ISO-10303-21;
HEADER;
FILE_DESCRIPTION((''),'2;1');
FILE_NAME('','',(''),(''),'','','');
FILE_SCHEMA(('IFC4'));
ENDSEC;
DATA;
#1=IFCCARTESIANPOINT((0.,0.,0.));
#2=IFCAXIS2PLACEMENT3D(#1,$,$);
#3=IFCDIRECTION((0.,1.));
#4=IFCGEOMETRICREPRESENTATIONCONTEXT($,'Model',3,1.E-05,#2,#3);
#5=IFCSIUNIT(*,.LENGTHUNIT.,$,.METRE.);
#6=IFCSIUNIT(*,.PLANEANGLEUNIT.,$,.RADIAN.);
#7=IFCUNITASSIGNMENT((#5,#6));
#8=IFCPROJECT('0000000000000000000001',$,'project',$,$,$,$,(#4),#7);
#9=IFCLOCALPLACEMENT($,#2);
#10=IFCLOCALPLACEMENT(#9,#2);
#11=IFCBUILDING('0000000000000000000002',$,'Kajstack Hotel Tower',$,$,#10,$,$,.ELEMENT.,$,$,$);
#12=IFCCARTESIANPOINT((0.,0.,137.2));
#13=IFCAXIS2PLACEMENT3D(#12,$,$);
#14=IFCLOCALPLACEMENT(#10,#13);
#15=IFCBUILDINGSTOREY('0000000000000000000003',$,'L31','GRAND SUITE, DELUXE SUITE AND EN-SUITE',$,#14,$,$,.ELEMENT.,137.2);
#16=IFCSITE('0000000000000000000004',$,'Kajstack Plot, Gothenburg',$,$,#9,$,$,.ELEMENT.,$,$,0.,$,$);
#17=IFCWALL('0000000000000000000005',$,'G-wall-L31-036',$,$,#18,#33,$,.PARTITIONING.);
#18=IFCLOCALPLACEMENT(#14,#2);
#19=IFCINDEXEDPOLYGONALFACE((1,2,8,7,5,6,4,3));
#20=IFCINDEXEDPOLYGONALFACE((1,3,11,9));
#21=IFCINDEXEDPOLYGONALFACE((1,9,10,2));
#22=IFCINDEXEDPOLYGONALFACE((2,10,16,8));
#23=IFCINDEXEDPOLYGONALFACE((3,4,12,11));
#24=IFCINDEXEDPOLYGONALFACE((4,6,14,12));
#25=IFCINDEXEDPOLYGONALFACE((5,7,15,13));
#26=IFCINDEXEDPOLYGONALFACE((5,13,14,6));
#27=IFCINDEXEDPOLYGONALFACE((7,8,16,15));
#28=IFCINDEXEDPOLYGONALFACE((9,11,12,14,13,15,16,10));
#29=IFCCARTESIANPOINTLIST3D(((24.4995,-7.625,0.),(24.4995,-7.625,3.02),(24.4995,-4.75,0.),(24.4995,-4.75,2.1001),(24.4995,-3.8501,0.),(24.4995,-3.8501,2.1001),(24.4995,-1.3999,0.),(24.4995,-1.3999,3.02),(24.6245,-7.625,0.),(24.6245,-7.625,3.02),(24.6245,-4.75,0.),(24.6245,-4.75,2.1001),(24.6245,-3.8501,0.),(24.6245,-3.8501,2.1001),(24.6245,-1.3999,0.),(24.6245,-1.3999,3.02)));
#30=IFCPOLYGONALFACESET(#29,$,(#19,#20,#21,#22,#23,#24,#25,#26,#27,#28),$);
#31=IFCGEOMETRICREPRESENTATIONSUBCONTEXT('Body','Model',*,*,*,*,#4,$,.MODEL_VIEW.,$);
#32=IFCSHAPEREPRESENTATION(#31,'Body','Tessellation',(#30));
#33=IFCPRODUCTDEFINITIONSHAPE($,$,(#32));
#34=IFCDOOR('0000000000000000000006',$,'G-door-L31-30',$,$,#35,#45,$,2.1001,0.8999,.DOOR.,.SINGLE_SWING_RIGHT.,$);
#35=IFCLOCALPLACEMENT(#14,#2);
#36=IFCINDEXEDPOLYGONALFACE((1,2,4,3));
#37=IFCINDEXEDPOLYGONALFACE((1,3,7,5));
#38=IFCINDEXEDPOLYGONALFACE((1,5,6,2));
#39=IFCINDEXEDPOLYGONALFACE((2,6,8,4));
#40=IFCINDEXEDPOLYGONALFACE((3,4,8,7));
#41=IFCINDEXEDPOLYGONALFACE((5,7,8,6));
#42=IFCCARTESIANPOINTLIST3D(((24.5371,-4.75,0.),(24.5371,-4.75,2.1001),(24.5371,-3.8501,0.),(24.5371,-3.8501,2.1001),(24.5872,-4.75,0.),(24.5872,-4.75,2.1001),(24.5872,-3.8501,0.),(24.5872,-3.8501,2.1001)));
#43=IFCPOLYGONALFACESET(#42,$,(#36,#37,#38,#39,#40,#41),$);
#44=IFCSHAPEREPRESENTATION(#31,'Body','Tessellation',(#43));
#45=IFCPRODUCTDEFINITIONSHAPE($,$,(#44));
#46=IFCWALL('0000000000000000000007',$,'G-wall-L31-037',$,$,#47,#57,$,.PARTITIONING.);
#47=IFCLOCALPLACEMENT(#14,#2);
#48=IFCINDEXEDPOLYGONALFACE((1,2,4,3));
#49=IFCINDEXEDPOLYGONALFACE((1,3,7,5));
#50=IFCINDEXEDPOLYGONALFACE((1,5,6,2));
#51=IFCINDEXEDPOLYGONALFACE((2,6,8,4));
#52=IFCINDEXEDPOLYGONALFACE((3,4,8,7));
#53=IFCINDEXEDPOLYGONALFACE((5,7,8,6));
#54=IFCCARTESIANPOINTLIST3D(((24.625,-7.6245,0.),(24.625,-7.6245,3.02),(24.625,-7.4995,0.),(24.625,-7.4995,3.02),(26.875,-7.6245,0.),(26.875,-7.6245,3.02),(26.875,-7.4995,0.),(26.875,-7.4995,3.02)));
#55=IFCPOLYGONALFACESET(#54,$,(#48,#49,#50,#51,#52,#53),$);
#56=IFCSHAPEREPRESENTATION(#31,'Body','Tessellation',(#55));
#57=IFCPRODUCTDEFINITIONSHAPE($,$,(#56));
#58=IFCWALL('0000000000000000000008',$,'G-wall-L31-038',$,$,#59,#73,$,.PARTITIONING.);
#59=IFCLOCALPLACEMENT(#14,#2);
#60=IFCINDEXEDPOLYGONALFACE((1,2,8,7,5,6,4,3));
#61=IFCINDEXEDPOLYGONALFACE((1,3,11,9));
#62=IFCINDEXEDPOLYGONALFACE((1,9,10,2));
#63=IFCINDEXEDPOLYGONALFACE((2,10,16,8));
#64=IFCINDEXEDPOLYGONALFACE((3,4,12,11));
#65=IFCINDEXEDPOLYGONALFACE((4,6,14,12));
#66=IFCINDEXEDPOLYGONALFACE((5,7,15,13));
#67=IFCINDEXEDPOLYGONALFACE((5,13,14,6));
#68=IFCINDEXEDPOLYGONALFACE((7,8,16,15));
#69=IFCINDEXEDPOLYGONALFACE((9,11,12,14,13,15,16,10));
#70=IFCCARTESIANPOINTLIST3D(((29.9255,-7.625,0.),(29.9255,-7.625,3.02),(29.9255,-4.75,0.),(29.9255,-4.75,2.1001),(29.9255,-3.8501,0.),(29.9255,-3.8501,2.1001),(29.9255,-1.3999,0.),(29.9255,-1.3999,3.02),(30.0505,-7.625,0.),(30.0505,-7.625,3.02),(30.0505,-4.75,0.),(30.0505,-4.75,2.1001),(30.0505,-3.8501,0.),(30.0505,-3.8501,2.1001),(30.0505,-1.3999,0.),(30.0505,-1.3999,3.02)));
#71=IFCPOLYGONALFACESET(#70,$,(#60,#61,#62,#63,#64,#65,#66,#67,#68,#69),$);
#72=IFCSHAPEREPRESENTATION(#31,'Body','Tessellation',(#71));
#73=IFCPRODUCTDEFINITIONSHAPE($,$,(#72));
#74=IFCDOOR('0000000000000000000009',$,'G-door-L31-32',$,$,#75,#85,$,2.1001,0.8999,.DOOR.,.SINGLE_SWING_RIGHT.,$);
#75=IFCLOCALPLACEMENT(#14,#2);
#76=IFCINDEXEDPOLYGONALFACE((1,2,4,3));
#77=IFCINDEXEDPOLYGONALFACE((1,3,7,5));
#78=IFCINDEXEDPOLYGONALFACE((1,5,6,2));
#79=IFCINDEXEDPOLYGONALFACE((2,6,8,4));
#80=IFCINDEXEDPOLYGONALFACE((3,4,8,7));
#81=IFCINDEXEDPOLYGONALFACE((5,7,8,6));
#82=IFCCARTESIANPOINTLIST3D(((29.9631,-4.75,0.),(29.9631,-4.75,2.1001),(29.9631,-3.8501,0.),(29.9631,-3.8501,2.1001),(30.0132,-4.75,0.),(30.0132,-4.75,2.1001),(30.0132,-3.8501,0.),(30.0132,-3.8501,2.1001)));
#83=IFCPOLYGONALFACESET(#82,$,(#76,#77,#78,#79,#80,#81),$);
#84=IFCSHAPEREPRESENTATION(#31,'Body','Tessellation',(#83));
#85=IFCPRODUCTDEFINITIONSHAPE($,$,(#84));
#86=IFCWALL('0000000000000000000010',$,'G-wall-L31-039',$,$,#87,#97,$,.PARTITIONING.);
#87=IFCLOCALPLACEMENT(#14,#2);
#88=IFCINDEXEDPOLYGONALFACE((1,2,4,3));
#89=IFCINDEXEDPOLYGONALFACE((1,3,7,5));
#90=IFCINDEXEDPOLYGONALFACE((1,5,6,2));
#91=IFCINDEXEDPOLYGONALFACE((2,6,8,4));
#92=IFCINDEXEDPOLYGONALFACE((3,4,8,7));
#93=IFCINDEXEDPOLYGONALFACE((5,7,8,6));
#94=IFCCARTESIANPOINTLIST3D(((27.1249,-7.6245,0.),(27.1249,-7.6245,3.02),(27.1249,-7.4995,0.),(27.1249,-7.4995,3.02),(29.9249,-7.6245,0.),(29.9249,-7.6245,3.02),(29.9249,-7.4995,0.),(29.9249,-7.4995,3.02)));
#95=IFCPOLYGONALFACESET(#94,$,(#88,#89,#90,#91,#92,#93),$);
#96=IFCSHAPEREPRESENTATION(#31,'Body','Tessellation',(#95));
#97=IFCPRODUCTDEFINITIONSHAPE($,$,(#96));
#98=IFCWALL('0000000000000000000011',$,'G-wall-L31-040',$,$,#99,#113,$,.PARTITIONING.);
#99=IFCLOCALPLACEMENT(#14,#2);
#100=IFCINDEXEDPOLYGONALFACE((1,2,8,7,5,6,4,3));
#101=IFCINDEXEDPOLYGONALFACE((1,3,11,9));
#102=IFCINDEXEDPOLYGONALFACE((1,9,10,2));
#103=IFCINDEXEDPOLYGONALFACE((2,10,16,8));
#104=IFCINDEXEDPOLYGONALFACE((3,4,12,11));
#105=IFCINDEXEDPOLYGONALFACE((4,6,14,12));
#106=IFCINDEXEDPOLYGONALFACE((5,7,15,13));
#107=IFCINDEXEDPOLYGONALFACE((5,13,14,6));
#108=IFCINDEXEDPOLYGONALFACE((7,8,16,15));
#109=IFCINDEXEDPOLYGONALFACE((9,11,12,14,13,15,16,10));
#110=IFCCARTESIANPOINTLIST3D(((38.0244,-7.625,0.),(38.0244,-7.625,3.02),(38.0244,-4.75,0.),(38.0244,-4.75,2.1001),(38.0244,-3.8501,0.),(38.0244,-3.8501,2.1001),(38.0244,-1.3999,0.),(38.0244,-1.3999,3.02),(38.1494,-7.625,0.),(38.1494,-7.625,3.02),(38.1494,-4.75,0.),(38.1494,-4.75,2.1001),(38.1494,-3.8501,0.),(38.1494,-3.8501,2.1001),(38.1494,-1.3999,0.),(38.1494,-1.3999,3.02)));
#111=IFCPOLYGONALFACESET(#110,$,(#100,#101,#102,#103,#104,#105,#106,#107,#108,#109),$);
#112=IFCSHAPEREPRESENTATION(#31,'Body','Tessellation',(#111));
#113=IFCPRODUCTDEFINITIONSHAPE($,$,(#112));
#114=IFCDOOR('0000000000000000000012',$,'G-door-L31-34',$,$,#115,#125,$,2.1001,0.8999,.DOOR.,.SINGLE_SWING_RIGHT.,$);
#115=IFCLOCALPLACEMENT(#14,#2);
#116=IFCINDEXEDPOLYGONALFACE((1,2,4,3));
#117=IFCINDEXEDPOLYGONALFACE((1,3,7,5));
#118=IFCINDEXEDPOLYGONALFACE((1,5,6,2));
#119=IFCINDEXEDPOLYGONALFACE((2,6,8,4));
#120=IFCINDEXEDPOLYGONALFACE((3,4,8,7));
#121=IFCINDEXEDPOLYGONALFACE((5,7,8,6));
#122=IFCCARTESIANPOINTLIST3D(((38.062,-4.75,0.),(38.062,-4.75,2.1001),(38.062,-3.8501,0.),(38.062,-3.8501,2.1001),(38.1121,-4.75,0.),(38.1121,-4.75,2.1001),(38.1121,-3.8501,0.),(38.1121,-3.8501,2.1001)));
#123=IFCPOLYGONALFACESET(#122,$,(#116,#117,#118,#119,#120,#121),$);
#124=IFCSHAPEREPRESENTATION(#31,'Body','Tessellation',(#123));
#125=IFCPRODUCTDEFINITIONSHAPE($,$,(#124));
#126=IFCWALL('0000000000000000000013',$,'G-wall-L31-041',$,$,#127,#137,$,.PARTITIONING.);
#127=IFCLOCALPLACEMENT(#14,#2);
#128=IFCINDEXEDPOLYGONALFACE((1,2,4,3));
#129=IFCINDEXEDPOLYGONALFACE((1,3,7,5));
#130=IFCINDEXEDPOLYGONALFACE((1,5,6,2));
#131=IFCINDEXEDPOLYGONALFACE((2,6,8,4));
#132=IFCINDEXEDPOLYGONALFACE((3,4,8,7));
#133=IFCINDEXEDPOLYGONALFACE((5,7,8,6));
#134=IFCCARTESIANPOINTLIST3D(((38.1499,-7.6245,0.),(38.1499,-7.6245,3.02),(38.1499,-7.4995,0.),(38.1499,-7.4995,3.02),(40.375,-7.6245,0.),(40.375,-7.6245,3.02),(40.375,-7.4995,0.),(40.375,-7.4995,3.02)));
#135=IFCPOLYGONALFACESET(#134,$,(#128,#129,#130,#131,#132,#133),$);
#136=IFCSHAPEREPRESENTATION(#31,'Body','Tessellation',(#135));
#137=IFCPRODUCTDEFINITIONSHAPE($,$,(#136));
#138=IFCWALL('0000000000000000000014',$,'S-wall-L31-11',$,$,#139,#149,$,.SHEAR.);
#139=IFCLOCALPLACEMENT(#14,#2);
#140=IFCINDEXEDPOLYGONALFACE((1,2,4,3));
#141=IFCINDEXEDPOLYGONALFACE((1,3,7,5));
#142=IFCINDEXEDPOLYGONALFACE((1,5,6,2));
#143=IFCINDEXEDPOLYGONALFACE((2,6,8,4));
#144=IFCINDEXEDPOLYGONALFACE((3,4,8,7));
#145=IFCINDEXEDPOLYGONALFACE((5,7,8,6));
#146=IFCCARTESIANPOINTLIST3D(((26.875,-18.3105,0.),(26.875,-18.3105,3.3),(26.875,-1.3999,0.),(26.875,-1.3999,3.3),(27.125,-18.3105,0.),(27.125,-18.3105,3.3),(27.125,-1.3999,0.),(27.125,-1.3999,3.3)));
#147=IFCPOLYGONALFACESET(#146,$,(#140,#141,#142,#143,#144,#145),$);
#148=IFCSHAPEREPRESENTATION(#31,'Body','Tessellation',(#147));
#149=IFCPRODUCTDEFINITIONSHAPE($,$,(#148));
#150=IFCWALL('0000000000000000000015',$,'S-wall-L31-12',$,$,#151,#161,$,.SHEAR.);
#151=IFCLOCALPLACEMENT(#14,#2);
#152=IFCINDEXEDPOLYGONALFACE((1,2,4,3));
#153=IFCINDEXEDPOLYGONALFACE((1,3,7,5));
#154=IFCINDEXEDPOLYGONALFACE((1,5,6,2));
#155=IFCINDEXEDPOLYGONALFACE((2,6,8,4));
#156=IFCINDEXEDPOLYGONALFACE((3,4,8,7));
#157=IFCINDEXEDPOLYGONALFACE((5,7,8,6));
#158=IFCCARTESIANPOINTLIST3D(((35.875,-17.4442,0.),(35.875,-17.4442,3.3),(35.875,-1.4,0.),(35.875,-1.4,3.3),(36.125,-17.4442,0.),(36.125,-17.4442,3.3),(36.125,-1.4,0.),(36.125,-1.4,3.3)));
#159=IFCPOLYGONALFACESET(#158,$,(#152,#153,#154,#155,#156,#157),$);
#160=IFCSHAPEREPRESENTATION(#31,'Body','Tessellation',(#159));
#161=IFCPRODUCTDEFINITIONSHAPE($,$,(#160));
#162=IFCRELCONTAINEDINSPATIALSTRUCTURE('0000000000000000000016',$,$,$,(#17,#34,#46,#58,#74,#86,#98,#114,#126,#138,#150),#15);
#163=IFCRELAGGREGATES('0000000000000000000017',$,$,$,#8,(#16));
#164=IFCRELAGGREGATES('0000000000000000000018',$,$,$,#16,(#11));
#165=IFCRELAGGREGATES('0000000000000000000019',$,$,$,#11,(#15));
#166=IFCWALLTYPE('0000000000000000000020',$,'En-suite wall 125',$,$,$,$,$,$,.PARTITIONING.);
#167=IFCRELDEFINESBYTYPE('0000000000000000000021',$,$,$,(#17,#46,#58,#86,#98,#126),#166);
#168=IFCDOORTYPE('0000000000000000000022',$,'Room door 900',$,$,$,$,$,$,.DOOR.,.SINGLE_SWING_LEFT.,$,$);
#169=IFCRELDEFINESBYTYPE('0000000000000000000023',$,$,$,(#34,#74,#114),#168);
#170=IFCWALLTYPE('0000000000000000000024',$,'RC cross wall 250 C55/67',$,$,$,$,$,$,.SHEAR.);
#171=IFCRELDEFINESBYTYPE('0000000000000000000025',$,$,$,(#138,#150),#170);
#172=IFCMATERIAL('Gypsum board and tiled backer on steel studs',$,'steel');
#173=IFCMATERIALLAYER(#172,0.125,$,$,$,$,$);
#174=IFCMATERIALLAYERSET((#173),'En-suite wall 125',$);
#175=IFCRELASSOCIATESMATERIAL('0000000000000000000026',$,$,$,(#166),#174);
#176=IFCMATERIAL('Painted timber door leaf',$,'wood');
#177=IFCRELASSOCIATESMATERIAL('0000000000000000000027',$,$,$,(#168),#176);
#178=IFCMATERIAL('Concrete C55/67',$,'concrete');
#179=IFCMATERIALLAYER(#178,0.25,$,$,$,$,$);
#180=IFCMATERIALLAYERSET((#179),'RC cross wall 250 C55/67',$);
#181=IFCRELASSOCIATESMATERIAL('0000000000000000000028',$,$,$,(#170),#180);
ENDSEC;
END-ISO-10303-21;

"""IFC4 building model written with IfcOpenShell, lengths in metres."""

from ifc_helpers import new_model, si_unit, direction, frame, frame_2d, origin, place, context, subcontext, project, spatial, rectangle, extrude, material, layer, layer_set, type_object, element, fill, save


model = new_model("IFC4")

# Units and contexts
model_context = context("Model", 3, precision=1e-05, world=origin(), true_north=direction((0.0, 1.0)))
body_context = subcontext(model_context, "Body", "Model", "MODEL_VIEW")
ifc_project = project(units=[si_unit("LENGTHUNIT", "METRE"), si_unit("PLANEANGLEUNIT", "RADIAN")], contexts=[model_context])

# Site, building, storey
site_placement = place(None, origin())
site = spatial("IfcSite", under=ifc_project, at=site_placement, Name="Kajstack Plot, Gothenburg", CompositionType="ELEMENT", RefElevation=0.0)
building_placement = place(site_placement, origin())
building = spatial("IfcBuilding", under=site, at=building_placement, Name="Kajstack Hotel Tower", CompositionType="ELEMENT")
storey_placement = place(building_placement, frame((0.0, 0.0, 137.2)))
storey = spatial("IfcBuildingStorey", under=building, at=storey_placement, Name="L31", Description="GRAND SUITE, DELUXE SUITE AND EN-SUITE", CompositionType="ELEMENT", Elevation=137.2)

# Wall, opening, door
ifc_material_1 = material(Name="Gypsum board and tiled backer on steel studs", Category="steel")
ifc_layer_1 = layer(ifc_material_1, 0.125)
ifc_layer_set_1 = layer_set([ifc_layer_1], Name="En-suite wall 125")
wall_type_1 = type_object("IfcWallType", Name="En-suite wall 125", PredefinedType="PARTITIONING", material=ifc_layer_set_1)
wall_1_placement = place(storey_placement, frame((24.562, -7.625, 0.0), z_axis=(0.0, 0.0, 1.0), x_axis=(0.0, 1.0, 0.0)))
wall_1 = element("IfcWall", 1, at=wall_1_placement, inside=storey, type_object=wall_type_1, Name="G-wall-L31-036", PredefinedType="PARTITIONING", context=body_context, shape_type="SweptSolid", body=[
    extrude(rectangle(XDim=6.2251, YDim=0.125, at=frame_2d((3.1125, 0.0))), origin(), (0.0, 0.0, 1.0), 3.02),
])
opening_1_placement = place(wall_1_placement, frame((2.875, 0.0, 0.0)))
opening_1 = element("IfcOpeningElement", 2, at=opening_1_placement, cuts=wall_1, PredefinedType="OPENING", context=body_context, shape_type="SweptSolid", body=[
    extrude(rectangle(XDim=0.8999, YDim=2.1001, at=frame_2d((0.45, 1.05))), frame((0.0, 0.0725, 0.0), z_axis=(0.0, -1.0, 0.0), x_axis=(1.0, 0.0, 0.0)), (0.0, 0.0, 1.0), 0.145),
])
ifc_material_2 = material(Name="Painted timber door leaf", Category="wood")
door_type_1 = type_object("IfcDoorType", Name="Room door 900", OperationType="SINGLE_SWING_LEFT", PredefinedType="DOOR", material=ifc_material_2)
door_1_placement = place(opening_1_placement, origin())
door_1 = element("IfcDoor", 3, at=door_1_placement, inside=storey, type_object=door_type_1, Name="G-door-L31-30", OperationType="SINGLE_SWING_RIGHT", OverallHeight=2.1001, OverallWidth=0.8999, PredefinedType="DOOR", context=body_context, shape_type="SweptSolid", body=[
    extrude(rectangle(XDim=0.8999, YDim=2.1001, at=frame_2d((0.45, 1.05))), frame((0.0, 0.0249, 0.0), z_axis=(0.0, -1.0, 0.0), x_axis=(1.0, 0.0, 0.0)), (0.0, 0.0, 1.0), 0.05),
])
fill(opening_1, door_1)

# Wall
wall_2_placement = place(storey_placement, frame((24.625, -7.562, 0.0), z_axis=(0.0, 0.0, 1.0), x_axis=(1.0, 0.0, 0.0)))
element("IfcWall", 4, at=wall_2_placement, inside=storey, type_object=wall_type_1, Name="G-wall-L31-037", PredefinedType="PARTITIONING", context=body_context, shape_type="SweptSolid", body=[
    extrude(rectangle(XDim=2.25, YDim=0.125, at=frame_2d((1.125, 0.0))), origin(), (0.0, 0.0, 1.0), 3.02),
])

# Wall, opening, door
wall_3_placement = place(storey_placement, frame((29.988, -7.625, 0.0), z_axis=(0.0, 0.0, 1.0), x_axis=(0.0, 1.0, 0.0)))
wall_3 = element("IfcWall", 5, at=wall_3_placement, inside=storey, type_object=wall_type_1, Name="G-wall-L31-038", PredefinedType="PARTITIONING", context=body_context, shape_type="SweptSolid", body=[
    extrude(rectangle(XDim=6.2251, YDim=0.125, at=frame_2d((3.1125, 0.0))), origin(), (0.0, 0.0, 1.0), 3.02),
])
opening_2_placement = place(wall_3_placement, frame((2.875, 0.0, 0.0)))
opening_2 = element("IfcOpeningElement", 6, at=opening_2_placement, cuts=wall_3, PredefinedType="OPENING", context=body_context, shape_type="SweptSolid", body=[
    extrude(rectangle(XDim=0.8999, YDim=2.1001, at=frame_2d((0.45, 1.05))), frame((0.0, 0.0725, 0.0), z_axis=(0.0, -1.0, 0.0), x_axis=(1.0, 0.0, 0.0)), (0.0, 0.0, 1.0), 0.145),
])
door_2_placement = place(opening_2_placement, origin())
door_2 = element("IfcDoor", 7, at=door_2_placement, inside=storey, type_object=door_type_1, Name="G-door-L31-32", OperationType="SINGLE_SWING_RIGHT", OverallHeight=2.1001, OverallWidth=0.8999, PredefinedType="DOOR", context=body_context, shape_type="SweptSolid", body=[
    extrude(rectangle(XDim=0.8999, YDim=2.1001, at=frame_2d((0.45, 1.05))), frame((0.0, 0.0249, 0.0), z_axis=(0.0, -1.0, 0.0), x_axis=(1.0, 0.0, 0.0)), (0.0, 0.0, 1.0), 0.05),
])
fill(opening_2, door_2)

# Wall
wall_4_placement = place(storey_placement, frame((27.125, -7.562, 0.0), z_axis=(0.0, 0.0, 1.0), x_axis=(1.0, 0.0, 0.0)))
element("IfcWall", 8, at=wall_4_placement, inside=storey, type_object=wall_type_1, Name="G-wall-L31-039", PredefinedType="PARTITIONING", context=body_context, shape_type="SweptSolid", body=[
    extrude(rectangle(XDim=2.8, YDim=0.125, at=frame_2d((1.3999, 0.0))), origin(), (0.0, 0.0, 1.0), 3.02),
])

# Wall, opening, door
wall_5_placement = place(storey_placement, frame((38.0869, -7.625, 0.0), z_axis=(0.0, 0.0, 1.0), x_axis=(0.0, 1.0, 0.0)))
wall_5 = element("IfcWall", 9, at=wall_5_placement, inside=storey, type_object=wall_type_1, Name="G-wall-L31-040", PredefinedType="PARTITIONING", context=body_context, shape_type="SweptSolid", body=[
    extrude(rectangle(XDim=6.2251, YDim=0.125, at=frame_2d((3.1125, 0.0))), origin(), (0.0, 0.0, 1.0), 3.02),
])
opening_3_placement = place(wall_5_placement, frame((2.875, 0.0, 0.0)))
opening_3 = element("IfcOpeningElement", 10, at=opening_3_placement, cuts=wall_5, PredefinedType="OPENING", context=body_context, shape_type="SweptSolid", body=[
    extrude(rectangle(XDim=0.8999, YDim=2.1001, at=frame_2d((0.45, 1.05))), frame((0.0, 0.0725, 0.0), z_axis=(0.0, -1.0, 0.0), x_axis=(1.0, 0.0, 0.0)), (0.0, 0.0, 1.0), 0.145),
])
door_3_placement = place(opening_3_placement, origin())
door_3 = element("IfcDoor", 11, at=door_3_placement, inside=storey, type_object=door_type_1, Name="G-door-L31-34", OperationType="SINGLE_SWING_RIGHT", OverallHeight=2.1001, OverallWidth=0.8999, PredefinedType="DOOR", context=body_context, shape_type="SweptSolid", body=[
    extrude(rectangle(XDim=0.8999, YDim=2.1001, at=frame_2d((0.45, 1.05))), frame((0.0, 0.0249, 0.0), z_axis=(0.0, -1.0, 0.0), x_axis=(1.0, 0.0, 0.0)), (0.0, 0.0, 1.0), 0.05),
])
fill(opening_3, door_3)

# Walls
wall_6_placement = place(storey_placement, frame((38.1499, -7.562, 0.0), z_axis=(0.0, 0.0, 1.0), x_axis=(1.0, 0.0, 0.0)))
element("IfcWall", 12, at=wall_6_placement, inside=storey, type_object=wall_type_1, Name="G-wall-L31-041", PredefinedType="PARTITIONING", context=body_context, shape_type="SweptSolid", body=[
    extrude(rectangle(XDim=2.2251, YDim=0.125, at=frame_2d((1.1125, 0.0))), origin(), (0.0, 0.0, 1.0), 3.02),
])
ifc_material_3 = material(Name="Concrete C55/67", Category="concrete")
ifc_layer_2 = layer(ifc_material_3, 0.25)
ifc_layer_set_2 = layer_set([ifc_layer_2], Name="RC cross wall 250 C55/67")
wall_type_2 = type_object("IfcWallType", Name="RC cross wall 250 C55/67", PredefinedType="SHEAR", material=ifc_layer_set_2)
wall_7_placement = place(storey_placement, frame((27.0, -18.3105, 0.0), z_axis=(0.0, 0.0, 1.0), x_axis=(0.0, 1.0, 0.0)))
element("IfcWall", 13, at=wall_7_placement, inside=storey, type_object=wall_type_2, Name="S-wall-L31-11", PredefinedType="SHEAR", context=body_context, shape_type="SweptSolid", body=[
    extrude(rectangle(XDim=16.9106, YDim=0.25, at=frame_2d((8.4553, 0.0))), origin(), (0.0, 0.0, 1.0), 3.3),
])
wall_8_placement = place(storey_placement, frame((36.0, -17.4441, 0.0), z_axis=(0.0, 0.0, 1.0), x_axis=(0.0, 1.0, 0.0)))
element("IfcWall", 14, at=wall_8_placement, inside=storey, type_object=wall_type_2, Name="S-wall-L31-12", PredefinedType="SHEAR", context=body_context, shape_type="SweptSolid", body=[
    extrude(rectangle(XDim=16.0442, YDim=0.25, at=frame_2d((8.022, 0.0))), origin(), (0.0, 0.0, 1.0), 3.3),
])

save(model, "model.ifc")
